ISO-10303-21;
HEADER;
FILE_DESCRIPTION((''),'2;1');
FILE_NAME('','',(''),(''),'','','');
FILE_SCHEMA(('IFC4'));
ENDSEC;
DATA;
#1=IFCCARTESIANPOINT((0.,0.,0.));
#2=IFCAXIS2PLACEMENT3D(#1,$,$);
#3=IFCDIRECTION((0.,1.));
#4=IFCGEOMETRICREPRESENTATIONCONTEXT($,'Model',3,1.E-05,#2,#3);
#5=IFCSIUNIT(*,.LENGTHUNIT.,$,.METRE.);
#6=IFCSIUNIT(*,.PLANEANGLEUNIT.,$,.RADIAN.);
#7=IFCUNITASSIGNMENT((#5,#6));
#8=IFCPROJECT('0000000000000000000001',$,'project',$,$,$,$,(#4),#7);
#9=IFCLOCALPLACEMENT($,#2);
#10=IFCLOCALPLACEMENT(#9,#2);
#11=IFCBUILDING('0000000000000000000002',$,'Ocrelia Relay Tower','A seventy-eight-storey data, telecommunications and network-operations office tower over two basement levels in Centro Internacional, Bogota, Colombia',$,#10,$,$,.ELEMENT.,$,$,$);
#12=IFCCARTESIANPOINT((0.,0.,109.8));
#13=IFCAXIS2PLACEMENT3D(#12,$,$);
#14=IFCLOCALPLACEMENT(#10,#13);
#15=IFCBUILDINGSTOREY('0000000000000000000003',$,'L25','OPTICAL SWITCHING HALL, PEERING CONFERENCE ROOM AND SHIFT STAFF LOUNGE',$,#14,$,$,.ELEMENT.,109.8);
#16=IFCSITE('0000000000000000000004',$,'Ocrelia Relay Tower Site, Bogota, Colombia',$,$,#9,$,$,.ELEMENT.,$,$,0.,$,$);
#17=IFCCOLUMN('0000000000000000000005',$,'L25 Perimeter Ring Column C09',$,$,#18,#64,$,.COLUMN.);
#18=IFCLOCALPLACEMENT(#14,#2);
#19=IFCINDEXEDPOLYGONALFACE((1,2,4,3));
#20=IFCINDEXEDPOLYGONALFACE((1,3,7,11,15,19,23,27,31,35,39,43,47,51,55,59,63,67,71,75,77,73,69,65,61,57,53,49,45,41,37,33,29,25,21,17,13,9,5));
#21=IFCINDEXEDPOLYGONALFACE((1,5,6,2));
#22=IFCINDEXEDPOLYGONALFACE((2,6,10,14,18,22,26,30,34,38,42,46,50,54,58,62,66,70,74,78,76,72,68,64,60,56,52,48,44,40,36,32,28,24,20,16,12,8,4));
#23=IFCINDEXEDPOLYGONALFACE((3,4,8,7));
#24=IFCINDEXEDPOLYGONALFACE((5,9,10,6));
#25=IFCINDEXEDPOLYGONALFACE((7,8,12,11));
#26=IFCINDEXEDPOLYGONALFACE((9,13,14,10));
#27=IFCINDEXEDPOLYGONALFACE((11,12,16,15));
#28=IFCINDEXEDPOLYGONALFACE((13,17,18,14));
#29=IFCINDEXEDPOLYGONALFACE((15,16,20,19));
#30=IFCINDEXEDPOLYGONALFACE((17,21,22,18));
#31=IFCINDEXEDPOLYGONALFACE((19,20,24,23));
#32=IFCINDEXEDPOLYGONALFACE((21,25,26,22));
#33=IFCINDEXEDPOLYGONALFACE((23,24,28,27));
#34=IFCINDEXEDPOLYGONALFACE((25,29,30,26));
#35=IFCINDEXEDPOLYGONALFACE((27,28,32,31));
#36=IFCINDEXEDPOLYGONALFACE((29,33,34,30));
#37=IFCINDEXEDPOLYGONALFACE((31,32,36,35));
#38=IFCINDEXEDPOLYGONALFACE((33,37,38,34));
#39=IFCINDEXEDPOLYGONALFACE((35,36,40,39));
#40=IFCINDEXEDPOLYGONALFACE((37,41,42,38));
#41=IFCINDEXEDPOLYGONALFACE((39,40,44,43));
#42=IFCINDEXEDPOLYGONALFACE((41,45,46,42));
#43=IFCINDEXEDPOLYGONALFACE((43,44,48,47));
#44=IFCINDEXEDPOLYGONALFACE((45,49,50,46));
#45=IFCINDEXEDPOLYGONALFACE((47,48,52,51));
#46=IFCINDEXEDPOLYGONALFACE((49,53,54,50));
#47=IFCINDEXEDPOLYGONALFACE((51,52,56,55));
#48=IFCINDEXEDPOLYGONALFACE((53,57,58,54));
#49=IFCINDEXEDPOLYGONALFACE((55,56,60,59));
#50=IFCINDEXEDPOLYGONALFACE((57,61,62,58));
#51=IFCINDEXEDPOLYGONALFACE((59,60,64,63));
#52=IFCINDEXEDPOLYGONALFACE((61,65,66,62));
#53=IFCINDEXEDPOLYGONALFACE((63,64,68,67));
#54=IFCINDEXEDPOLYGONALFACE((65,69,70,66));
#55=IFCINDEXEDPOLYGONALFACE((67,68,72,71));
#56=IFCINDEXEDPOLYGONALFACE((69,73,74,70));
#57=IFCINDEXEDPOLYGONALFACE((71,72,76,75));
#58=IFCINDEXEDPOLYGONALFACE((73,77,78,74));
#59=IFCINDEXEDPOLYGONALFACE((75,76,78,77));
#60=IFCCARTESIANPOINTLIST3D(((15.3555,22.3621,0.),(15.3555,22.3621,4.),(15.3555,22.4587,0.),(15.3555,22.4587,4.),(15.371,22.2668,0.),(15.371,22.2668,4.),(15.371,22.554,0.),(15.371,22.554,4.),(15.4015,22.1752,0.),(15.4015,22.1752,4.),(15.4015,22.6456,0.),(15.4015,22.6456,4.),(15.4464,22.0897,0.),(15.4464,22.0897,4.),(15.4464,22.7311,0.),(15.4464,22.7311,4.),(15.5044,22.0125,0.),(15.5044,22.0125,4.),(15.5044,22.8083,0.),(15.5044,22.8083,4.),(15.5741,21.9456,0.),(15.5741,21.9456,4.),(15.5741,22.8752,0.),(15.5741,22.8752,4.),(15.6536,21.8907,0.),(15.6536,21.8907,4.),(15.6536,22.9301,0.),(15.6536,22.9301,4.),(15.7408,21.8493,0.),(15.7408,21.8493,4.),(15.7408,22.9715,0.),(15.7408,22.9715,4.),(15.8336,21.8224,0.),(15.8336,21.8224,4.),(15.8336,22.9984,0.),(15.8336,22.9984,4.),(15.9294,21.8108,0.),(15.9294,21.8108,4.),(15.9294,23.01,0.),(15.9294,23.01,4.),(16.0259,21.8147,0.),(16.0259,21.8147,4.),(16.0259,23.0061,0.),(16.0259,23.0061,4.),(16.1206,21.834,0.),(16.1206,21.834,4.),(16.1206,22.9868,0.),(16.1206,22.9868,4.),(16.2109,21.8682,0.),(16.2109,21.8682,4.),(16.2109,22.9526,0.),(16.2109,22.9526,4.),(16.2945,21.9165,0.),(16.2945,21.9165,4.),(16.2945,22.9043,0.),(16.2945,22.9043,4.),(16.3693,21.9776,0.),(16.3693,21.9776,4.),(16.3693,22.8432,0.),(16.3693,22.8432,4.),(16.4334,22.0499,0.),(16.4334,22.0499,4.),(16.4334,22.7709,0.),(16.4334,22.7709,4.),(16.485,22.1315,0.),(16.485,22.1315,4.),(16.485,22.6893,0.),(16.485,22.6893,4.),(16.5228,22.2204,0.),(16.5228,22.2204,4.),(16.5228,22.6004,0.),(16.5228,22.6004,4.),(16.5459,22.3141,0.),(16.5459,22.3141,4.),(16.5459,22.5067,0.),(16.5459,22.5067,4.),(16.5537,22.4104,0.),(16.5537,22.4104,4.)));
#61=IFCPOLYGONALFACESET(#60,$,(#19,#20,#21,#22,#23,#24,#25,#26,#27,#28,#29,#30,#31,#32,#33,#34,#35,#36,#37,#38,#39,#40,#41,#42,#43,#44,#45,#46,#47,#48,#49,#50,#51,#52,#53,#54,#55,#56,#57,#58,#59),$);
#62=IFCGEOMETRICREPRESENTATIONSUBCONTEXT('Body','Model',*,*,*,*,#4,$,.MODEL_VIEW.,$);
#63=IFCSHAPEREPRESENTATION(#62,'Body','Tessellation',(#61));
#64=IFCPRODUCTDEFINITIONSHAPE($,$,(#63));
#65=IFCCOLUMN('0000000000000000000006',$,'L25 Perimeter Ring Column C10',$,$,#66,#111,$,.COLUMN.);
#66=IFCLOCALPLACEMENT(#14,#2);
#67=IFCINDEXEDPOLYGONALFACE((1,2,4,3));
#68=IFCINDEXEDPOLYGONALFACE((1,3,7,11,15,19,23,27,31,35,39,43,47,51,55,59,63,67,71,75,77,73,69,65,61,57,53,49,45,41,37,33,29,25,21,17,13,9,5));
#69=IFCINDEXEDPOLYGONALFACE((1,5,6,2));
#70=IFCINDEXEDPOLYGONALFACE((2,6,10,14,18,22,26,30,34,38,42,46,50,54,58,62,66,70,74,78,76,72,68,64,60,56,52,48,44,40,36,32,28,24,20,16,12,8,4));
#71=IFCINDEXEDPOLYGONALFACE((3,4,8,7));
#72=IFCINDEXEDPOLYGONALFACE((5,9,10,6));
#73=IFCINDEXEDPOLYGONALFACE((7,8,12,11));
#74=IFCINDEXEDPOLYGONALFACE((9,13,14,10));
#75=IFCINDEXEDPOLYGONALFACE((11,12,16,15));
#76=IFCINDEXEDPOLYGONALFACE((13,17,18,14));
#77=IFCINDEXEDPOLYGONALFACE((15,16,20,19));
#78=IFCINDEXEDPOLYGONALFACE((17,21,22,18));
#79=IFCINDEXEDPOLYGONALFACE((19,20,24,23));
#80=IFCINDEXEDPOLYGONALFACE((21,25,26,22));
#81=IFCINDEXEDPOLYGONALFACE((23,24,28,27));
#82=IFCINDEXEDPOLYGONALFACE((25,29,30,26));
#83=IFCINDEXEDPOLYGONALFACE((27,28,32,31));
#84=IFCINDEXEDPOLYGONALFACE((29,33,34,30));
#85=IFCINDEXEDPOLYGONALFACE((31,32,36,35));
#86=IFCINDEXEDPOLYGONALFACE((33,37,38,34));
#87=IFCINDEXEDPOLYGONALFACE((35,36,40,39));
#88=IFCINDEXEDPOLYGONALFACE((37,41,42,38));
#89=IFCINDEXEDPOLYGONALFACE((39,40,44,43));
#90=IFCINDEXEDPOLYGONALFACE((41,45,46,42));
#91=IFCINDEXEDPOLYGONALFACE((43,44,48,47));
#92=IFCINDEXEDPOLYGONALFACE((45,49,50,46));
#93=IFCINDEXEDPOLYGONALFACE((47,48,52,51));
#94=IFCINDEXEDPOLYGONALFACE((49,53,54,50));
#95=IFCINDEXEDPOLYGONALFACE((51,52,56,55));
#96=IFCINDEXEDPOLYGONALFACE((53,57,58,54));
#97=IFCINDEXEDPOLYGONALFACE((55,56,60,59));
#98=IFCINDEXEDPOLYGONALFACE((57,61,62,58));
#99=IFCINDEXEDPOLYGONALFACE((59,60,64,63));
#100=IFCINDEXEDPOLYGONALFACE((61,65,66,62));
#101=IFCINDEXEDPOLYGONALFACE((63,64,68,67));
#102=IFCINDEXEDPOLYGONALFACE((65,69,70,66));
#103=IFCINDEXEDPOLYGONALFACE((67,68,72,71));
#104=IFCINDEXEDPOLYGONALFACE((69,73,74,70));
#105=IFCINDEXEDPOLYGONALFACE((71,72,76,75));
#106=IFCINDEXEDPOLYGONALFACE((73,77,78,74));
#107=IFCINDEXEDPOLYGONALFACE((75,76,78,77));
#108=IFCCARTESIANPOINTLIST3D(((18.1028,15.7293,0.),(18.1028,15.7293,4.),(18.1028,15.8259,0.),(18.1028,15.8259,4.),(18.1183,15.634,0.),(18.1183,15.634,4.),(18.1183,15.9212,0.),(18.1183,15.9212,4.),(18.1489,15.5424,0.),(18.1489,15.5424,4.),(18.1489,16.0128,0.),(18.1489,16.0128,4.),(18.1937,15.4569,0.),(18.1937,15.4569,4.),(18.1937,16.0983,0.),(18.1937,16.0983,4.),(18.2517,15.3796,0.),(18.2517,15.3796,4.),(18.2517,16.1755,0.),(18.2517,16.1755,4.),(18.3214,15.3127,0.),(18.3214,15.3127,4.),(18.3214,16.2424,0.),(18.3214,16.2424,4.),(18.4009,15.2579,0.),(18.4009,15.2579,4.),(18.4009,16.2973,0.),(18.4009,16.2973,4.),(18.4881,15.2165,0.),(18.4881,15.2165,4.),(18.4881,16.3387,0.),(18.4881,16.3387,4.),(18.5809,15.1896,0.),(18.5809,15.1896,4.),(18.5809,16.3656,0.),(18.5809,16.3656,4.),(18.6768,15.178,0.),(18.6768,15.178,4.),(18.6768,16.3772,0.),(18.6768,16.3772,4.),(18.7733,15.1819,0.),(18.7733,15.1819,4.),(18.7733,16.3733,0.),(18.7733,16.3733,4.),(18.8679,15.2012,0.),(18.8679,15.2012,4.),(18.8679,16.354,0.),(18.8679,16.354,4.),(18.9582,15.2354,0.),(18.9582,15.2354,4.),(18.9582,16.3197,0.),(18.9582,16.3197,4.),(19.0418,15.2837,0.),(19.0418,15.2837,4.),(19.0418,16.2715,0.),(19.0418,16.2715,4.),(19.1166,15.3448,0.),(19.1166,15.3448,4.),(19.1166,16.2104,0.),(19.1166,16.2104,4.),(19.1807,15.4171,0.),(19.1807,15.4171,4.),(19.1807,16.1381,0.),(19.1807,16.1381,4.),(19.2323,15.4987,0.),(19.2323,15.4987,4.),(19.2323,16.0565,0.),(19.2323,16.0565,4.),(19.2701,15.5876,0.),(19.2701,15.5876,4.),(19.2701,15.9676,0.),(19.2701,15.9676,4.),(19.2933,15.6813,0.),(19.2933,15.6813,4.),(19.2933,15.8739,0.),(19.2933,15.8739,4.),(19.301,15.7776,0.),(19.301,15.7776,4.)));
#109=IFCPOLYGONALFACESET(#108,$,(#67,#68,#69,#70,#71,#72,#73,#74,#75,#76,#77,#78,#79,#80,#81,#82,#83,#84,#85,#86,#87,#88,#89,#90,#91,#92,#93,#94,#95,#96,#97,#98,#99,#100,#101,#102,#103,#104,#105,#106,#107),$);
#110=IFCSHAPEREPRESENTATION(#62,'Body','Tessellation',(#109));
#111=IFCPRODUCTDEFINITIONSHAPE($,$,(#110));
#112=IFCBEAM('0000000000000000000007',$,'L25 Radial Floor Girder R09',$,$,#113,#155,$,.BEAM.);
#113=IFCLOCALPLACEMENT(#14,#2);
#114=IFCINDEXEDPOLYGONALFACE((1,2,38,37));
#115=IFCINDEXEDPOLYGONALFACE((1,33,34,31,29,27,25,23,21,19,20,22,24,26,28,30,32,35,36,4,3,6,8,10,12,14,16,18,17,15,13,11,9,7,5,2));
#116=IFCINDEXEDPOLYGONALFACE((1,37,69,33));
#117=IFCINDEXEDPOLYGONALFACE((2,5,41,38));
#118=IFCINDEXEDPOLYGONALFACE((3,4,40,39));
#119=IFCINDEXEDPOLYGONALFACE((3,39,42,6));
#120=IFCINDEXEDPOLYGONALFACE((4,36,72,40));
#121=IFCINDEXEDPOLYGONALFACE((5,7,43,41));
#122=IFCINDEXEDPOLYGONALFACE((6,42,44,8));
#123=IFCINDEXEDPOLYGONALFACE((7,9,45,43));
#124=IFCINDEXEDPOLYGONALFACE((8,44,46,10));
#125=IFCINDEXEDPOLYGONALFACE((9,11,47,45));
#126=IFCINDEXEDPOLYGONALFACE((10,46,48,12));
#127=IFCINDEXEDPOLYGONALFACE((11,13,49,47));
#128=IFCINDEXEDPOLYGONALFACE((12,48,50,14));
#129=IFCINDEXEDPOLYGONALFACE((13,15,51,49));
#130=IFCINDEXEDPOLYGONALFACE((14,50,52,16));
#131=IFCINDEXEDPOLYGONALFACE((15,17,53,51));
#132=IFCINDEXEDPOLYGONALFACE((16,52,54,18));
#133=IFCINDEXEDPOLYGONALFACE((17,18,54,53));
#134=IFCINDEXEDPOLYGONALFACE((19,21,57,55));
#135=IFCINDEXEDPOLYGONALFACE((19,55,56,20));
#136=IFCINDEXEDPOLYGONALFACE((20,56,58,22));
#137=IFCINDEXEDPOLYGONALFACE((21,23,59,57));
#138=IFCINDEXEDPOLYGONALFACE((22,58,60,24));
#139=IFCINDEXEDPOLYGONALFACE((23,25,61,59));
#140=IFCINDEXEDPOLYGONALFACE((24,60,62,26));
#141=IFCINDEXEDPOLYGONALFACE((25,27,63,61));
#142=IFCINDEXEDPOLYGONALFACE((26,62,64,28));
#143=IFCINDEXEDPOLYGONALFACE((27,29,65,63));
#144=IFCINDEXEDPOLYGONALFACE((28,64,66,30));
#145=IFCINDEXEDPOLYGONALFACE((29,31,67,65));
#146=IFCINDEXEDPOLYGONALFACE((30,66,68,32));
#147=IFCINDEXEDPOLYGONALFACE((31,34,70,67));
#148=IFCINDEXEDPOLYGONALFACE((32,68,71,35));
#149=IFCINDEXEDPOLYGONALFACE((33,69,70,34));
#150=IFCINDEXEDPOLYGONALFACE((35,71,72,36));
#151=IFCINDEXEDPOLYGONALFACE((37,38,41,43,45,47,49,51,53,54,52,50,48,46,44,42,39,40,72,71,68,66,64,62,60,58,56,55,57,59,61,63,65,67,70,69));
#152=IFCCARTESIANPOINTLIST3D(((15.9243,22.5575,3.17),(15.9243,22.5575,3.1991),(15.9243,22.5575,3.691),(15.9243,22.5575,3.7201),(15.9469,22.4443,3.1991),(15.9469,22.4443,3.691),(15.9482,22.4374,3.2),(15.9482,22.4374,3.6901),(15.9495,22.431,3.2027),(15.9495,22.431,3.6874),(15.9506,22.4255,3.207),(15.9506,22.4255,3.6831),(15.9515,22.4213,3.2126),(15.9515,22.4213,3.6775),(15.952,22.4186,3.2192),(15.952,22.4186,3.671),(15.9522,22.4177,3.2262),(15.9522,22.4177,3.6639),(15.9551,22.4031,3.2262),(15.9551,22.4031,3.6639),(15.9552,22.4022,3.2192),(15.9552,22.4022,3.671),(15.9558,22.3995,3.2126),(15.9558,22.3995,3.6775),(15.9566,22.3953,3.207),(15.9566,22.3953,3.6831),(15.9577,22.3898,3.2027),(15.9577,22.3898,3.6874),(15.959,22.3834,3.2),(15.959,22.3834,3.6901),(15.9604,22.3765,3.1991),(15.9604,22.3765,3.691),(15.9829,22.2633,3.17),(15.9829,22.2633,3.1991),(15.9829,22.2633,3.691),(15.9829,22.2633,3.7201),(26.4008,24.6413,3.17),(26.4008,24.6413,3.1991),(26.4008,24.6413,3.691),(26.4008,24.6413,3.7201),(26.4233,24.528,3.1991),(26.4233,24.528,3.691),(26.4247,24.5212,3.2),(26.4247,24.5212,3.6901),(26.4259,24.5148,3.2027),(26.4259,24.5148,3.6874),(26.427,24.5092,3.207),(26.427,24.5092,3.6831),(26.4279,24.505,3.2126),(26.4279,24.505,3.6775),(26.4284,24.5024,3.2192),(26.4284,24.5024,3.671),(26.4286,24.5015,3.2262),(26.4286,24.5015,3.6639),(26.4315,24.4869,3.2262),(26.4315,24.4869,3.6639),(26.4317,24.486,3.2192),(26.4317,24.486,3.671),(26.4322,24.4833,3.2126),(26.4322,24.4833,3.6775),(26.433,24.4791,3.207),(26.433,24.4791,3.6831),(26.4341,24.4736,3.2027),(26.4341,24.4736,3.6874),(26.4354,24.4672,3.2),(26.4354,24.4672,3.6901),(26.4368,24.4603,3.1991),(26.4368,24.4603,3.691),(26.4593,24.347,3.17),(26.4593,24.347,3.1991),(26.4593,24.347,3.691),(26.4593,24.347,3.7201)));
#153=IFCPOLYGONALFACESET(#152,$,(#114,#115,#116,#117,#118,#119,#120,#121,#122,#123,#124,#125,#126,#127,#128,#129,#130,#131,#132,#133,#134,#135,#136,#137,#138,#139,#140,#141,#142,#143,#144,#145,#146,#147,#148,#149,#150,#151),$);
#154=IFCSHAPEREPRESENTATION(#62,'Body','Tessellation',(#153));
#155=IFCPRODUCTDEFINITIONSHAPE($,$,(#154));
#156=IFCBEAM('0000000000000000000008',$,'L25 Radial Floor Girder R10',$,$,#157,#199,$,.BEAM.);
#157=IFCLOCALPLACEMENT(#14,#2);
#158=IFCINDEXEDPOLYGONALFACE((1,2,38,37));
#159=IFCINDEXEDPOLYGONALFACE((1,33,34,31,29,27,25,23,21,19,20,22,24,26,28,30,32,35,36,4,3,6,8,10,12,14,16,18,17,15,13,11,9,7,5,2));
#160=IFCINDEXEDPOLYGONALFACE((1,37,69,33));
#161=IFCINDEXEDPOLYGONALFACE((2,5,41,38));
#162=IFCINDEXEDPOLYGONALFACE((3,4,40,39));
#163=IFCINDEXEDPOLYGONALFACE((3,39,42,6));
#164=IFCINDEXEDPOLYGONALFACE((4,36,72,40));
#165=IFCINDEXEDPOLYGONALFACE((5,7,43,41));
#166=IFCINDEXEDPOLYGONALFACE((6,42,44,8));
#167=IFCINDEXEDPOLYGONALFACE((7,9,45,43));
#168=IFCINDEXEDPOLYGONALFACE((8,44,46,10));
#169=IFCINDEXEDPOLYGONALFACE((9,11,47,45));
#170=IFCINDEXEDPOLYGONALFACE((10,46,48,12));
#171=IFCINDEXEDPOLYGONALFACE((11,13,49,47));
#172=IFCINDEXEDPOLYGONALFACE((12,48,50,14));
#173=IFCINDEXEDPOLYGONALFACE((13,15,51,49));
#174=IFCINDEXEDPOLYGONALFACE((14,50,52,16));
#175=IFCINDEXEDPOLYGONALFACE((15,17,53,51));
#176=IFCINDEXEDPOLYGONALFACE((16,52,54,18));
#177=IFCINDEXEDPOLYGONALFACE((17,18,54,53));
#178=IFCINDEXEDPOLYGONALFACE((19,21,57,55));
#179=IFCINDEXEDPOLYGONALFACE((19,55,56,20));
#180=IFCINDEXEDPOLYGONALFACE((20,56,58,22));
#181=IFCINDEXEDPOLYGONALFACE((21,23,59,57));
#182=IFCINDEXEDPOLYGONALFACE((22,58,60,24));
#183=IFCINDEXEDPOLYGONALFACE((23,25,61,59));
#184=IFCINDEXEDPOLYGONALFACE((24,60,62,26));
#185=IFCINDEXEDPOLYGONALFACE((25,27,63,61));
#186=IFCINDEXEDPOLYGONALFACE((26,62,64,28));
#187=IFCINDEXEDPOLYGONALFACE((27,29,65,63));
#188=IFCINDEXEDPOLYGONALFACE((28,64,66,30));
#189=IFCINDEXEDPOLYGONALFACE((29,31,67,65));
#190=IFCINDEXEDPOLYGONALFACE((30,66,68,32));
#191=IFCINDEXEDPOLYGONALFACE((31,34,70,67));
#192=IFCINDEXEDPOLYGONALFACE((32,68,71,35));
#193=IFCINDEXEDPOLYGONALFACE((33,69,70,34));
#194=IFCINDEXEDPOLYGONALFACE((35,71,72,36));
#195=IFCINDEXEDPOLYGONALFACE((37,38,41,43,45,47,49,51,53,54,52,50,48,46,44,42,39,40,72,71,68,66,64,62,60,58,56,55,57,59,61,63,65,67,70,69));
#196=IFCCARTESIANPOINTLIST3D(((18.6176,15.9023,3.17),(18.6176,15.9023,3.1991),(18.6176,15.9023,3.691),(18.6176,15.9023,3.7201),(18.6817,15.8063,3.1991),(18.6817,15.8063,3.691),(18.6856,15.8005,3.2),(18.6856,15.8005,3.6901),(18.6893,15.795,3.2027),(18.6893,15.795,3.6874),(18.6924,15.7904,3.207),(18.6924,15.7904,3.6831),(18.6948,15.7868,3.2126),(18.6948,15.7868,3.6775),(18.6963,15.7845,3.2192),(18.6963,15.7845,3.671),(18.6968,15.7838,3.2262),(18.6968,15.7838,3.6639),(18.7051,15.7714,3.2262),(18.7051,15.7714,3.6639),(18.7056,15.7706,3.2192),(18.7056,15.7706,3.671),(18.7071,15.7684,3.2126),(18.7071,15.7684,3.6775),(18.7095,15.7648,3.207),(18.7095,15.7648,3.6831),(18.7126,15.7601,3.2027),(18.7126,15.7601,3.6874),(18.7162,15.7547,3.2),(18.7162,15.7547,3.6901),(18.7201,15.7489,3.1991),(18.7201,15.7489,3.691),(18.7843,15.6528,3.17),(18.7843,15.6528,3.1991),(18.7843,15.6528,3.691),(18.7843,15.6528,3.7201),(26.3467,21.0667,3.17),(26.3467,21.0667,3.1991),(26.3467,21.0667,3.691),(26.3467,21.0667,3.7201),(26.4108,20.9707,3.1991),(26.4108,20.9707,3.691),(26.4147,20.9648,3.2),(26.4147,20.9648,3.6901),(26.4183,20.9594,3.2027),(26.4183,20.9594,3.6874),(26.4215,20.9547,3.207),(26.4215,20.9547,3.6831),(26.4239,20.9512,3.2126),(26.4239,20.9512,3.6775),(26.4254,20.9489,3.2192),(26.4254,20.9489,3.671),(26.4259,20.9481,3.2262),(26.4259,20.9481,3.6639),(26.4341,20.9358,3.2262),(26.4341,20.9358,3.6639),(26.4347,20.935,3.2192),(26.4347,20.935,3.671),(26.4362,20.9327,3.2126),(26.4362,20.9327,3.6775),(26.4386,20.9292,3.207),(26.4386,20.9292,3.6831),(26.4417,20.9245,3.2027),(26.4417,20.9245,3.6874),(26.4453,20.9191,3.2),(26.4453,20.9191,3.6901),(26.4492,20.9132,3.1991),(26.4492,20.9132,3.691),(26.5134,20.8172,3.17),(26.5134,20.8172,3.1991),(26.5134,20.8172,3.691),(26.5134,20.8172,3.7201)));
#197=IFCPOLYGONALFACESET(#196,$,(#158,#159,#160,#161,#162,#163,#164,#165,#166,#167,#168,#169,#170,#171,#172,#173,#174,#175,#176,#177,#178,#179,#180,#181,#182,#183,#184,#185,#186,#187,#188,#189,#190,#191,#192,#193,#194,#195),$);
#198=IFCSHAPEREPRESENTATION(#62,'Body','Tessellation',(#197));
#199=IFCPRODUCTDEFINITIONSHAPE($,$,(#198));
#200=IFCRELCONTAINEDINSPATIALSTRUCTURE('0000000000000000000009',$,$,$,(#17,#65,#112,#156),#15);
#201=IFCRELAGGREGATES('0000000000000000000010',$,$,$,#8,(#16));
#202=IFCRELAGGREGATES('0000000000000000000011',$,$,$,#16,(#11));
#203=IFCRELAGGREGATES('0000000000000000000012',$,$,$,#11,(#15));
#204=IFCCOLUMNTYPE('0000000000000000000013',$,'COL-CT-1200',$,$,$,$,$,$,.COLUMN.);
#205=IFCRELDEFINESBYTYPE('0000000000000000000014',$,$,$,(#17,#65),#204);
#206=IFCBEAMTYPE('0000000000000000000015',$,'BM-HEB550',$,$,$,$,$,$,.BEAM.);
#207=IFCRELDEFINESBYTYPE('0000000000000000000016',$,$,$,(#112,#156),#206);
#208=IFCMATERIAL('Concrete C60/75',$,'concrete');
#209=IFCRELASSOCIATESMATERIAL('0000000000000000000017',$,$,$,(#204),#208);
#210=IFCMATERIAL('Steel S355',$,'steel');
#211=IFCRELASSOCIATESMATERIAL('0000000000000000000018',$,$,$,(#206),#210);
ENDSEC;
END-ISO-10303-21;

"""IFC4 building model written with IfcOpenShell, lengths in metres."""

from ifc_helpers import new_model, si_unit, direction, frame, origin, origin_2d, place, context, subcontext, project, spatial, circle, i_section, extrude, material, material_profile, profile_set, type_object, element, save


model = new_model("IFC4")

# Units and contexts
model_context = context("Model", 3, precision=1e-05, world=origin(), true_north=direction((0.0, 1.0)))
body_context = subcontext(model_context, "Body", "Model", "MODEL_VIEW")
ifc_project = project(units=[si_unit("LENGTHUNIT", "METRE"), si_unit("PLANEANGLEUNIT", "RADIAN")], contexts=[model_context])

# Site, building, storey
site_placement = place(None, origin())
site = spatial("IfcSite", under=ifc_project, at=site_placement, Name="Ocrelia Relay Tower Site, Bogota, Colombia", CompositionType="ELEMENT", RefElevation=0.0)
building_placement = place(site_placement, origin())
building = spatial("IfcBuilding", under=site, at=building_placement, Name="Ocrelia Relay Tower", Description="A seventy-eight-storey data, telecommunications and network-operations office tower over two basement levels in Centro Internacional, Bogota, Colombia", CompositionType="ELEMENT")
storey_placement = place(building_placement, frame((0.0, 0.0, 109.8)))
storey = spatial("IfcBuildingStorey", under=building, at=storey_placement, Name="L25", Description="OPTICAL SWITCHING HALL, PEERING CONFERENCE ROOM AND SHIFT STAFF LOUNGE", CompositionType="ELEMENT", Elevation=109.8)

# Columns
ifc_material_1 = material(Name="Concrete C60/75", Category="concrete")
ifc_material_profile_1 = material_profile(ifc_material_1, circle(Radius=0.6001, at=origin_2d()), Name="RC-CIR-1200")
ifc_profile_set_1 = profile_set([ifc_material_profile_1], Name="Concrete C60/75")
column_type = type_object("IfcColumnType", Name="COL-CT-1200", PredefinedType="COLUMN", material=ifc_profile_set_1)
for number, where, z_axis, x_axis, name in (
    (1, (15.9536, 22.4104, 0.0), (0.0, 0.0, 1.0), (1.0, 0.0, 0.0), "L25 Perimeter Ring Column C09"),
    (2, (18.7009, 15.7776, 0.0), (0.0, 0.0, 1.0), (1.0, 0.0, 0.0), "L25 Perimeter Ring Column C10"),
):
    element("IfcColumn", number, at=place(storey_placement, frame(where, z_axis=z_axis, x_axis=x_axis)), inside=storey, type_object=column_type, Name=name, PredefinedType="COLUMN", context=body_context, shape_type="SweptSolid", body=[
        extrude(circle(Radius=0.6001, at=origin_2d()), origin(), (0.0, 0.0, 1.0), 4.0),
    ])

# Beams
ifc_material_2 = material(Name="Steel S355", Category="steel")
ifc_material_profile_2 = material_profile(ifc_material_2, i_section(OverallWidth=0.3, OverallDepth=0.55, WebThickness=0.0149, FlangeThickness=0.0291, FilletRadius=0.0271, at=origin_2d()), Name="HEB 550")
ifc_profile_set_2 = profile_set([ifc_material_profile_2], Name="Steel S355")
beam_type_1 = type_object("IfcBeamType", Name="BM-HEB550", PredefinedType="BEAM", material=ifc_profile_set_2)
beam_1_placement = place(storey_placement, frame((15.9536, 22.4104, 3.4451), z_axis=(0.980788, 0.195079, 0.0), x_axis=(-0.195079, 0.980788, 0.0)))
element("IfcBeam", 3, at=beam_1_placement, inside=storey, type_object=beam_type_1, Name="L25 Radial Floor Girder R09", PredefinedType="BEAM", context=body_context, shape_type="SweptSolid", body=[
    extrude(i_section(OverallWidth=0.3, OverallDepth=0.55, WebThickness=0.0149, FlangeThickness=0.0291, FilletRadius=0.0271, at=origin_2d()), origin(), (0.0, 0.0, 1.0), 10.6816),
])
beam_2_placement = place(storey_placement, frame((18.7009, 15.7776, 3.4451), z_axis=(0.831472, 0.555567, 0.0), x_axis=(-0.555567, 0.831472, 0.0)))
element("IfcBeam", 4, at=beam_2_placement, inside=storey, type_object=beam_type_1, Name="L25 Radial Floor Girder R10", PredefinedType="BEAM", context=body_context, shape_type="SweptSolid", body=[
    extrude(i_section(OverallWidth=0.3, OverallDepth=0.55, WebThickness=0.0149, FlangeThickness=0.0291, FilletRadius=0.0271, at=origin_2d()), origin(), (0.0, 0.0, 1.0), 9.2957),
])

save(model, "model.ifc")
